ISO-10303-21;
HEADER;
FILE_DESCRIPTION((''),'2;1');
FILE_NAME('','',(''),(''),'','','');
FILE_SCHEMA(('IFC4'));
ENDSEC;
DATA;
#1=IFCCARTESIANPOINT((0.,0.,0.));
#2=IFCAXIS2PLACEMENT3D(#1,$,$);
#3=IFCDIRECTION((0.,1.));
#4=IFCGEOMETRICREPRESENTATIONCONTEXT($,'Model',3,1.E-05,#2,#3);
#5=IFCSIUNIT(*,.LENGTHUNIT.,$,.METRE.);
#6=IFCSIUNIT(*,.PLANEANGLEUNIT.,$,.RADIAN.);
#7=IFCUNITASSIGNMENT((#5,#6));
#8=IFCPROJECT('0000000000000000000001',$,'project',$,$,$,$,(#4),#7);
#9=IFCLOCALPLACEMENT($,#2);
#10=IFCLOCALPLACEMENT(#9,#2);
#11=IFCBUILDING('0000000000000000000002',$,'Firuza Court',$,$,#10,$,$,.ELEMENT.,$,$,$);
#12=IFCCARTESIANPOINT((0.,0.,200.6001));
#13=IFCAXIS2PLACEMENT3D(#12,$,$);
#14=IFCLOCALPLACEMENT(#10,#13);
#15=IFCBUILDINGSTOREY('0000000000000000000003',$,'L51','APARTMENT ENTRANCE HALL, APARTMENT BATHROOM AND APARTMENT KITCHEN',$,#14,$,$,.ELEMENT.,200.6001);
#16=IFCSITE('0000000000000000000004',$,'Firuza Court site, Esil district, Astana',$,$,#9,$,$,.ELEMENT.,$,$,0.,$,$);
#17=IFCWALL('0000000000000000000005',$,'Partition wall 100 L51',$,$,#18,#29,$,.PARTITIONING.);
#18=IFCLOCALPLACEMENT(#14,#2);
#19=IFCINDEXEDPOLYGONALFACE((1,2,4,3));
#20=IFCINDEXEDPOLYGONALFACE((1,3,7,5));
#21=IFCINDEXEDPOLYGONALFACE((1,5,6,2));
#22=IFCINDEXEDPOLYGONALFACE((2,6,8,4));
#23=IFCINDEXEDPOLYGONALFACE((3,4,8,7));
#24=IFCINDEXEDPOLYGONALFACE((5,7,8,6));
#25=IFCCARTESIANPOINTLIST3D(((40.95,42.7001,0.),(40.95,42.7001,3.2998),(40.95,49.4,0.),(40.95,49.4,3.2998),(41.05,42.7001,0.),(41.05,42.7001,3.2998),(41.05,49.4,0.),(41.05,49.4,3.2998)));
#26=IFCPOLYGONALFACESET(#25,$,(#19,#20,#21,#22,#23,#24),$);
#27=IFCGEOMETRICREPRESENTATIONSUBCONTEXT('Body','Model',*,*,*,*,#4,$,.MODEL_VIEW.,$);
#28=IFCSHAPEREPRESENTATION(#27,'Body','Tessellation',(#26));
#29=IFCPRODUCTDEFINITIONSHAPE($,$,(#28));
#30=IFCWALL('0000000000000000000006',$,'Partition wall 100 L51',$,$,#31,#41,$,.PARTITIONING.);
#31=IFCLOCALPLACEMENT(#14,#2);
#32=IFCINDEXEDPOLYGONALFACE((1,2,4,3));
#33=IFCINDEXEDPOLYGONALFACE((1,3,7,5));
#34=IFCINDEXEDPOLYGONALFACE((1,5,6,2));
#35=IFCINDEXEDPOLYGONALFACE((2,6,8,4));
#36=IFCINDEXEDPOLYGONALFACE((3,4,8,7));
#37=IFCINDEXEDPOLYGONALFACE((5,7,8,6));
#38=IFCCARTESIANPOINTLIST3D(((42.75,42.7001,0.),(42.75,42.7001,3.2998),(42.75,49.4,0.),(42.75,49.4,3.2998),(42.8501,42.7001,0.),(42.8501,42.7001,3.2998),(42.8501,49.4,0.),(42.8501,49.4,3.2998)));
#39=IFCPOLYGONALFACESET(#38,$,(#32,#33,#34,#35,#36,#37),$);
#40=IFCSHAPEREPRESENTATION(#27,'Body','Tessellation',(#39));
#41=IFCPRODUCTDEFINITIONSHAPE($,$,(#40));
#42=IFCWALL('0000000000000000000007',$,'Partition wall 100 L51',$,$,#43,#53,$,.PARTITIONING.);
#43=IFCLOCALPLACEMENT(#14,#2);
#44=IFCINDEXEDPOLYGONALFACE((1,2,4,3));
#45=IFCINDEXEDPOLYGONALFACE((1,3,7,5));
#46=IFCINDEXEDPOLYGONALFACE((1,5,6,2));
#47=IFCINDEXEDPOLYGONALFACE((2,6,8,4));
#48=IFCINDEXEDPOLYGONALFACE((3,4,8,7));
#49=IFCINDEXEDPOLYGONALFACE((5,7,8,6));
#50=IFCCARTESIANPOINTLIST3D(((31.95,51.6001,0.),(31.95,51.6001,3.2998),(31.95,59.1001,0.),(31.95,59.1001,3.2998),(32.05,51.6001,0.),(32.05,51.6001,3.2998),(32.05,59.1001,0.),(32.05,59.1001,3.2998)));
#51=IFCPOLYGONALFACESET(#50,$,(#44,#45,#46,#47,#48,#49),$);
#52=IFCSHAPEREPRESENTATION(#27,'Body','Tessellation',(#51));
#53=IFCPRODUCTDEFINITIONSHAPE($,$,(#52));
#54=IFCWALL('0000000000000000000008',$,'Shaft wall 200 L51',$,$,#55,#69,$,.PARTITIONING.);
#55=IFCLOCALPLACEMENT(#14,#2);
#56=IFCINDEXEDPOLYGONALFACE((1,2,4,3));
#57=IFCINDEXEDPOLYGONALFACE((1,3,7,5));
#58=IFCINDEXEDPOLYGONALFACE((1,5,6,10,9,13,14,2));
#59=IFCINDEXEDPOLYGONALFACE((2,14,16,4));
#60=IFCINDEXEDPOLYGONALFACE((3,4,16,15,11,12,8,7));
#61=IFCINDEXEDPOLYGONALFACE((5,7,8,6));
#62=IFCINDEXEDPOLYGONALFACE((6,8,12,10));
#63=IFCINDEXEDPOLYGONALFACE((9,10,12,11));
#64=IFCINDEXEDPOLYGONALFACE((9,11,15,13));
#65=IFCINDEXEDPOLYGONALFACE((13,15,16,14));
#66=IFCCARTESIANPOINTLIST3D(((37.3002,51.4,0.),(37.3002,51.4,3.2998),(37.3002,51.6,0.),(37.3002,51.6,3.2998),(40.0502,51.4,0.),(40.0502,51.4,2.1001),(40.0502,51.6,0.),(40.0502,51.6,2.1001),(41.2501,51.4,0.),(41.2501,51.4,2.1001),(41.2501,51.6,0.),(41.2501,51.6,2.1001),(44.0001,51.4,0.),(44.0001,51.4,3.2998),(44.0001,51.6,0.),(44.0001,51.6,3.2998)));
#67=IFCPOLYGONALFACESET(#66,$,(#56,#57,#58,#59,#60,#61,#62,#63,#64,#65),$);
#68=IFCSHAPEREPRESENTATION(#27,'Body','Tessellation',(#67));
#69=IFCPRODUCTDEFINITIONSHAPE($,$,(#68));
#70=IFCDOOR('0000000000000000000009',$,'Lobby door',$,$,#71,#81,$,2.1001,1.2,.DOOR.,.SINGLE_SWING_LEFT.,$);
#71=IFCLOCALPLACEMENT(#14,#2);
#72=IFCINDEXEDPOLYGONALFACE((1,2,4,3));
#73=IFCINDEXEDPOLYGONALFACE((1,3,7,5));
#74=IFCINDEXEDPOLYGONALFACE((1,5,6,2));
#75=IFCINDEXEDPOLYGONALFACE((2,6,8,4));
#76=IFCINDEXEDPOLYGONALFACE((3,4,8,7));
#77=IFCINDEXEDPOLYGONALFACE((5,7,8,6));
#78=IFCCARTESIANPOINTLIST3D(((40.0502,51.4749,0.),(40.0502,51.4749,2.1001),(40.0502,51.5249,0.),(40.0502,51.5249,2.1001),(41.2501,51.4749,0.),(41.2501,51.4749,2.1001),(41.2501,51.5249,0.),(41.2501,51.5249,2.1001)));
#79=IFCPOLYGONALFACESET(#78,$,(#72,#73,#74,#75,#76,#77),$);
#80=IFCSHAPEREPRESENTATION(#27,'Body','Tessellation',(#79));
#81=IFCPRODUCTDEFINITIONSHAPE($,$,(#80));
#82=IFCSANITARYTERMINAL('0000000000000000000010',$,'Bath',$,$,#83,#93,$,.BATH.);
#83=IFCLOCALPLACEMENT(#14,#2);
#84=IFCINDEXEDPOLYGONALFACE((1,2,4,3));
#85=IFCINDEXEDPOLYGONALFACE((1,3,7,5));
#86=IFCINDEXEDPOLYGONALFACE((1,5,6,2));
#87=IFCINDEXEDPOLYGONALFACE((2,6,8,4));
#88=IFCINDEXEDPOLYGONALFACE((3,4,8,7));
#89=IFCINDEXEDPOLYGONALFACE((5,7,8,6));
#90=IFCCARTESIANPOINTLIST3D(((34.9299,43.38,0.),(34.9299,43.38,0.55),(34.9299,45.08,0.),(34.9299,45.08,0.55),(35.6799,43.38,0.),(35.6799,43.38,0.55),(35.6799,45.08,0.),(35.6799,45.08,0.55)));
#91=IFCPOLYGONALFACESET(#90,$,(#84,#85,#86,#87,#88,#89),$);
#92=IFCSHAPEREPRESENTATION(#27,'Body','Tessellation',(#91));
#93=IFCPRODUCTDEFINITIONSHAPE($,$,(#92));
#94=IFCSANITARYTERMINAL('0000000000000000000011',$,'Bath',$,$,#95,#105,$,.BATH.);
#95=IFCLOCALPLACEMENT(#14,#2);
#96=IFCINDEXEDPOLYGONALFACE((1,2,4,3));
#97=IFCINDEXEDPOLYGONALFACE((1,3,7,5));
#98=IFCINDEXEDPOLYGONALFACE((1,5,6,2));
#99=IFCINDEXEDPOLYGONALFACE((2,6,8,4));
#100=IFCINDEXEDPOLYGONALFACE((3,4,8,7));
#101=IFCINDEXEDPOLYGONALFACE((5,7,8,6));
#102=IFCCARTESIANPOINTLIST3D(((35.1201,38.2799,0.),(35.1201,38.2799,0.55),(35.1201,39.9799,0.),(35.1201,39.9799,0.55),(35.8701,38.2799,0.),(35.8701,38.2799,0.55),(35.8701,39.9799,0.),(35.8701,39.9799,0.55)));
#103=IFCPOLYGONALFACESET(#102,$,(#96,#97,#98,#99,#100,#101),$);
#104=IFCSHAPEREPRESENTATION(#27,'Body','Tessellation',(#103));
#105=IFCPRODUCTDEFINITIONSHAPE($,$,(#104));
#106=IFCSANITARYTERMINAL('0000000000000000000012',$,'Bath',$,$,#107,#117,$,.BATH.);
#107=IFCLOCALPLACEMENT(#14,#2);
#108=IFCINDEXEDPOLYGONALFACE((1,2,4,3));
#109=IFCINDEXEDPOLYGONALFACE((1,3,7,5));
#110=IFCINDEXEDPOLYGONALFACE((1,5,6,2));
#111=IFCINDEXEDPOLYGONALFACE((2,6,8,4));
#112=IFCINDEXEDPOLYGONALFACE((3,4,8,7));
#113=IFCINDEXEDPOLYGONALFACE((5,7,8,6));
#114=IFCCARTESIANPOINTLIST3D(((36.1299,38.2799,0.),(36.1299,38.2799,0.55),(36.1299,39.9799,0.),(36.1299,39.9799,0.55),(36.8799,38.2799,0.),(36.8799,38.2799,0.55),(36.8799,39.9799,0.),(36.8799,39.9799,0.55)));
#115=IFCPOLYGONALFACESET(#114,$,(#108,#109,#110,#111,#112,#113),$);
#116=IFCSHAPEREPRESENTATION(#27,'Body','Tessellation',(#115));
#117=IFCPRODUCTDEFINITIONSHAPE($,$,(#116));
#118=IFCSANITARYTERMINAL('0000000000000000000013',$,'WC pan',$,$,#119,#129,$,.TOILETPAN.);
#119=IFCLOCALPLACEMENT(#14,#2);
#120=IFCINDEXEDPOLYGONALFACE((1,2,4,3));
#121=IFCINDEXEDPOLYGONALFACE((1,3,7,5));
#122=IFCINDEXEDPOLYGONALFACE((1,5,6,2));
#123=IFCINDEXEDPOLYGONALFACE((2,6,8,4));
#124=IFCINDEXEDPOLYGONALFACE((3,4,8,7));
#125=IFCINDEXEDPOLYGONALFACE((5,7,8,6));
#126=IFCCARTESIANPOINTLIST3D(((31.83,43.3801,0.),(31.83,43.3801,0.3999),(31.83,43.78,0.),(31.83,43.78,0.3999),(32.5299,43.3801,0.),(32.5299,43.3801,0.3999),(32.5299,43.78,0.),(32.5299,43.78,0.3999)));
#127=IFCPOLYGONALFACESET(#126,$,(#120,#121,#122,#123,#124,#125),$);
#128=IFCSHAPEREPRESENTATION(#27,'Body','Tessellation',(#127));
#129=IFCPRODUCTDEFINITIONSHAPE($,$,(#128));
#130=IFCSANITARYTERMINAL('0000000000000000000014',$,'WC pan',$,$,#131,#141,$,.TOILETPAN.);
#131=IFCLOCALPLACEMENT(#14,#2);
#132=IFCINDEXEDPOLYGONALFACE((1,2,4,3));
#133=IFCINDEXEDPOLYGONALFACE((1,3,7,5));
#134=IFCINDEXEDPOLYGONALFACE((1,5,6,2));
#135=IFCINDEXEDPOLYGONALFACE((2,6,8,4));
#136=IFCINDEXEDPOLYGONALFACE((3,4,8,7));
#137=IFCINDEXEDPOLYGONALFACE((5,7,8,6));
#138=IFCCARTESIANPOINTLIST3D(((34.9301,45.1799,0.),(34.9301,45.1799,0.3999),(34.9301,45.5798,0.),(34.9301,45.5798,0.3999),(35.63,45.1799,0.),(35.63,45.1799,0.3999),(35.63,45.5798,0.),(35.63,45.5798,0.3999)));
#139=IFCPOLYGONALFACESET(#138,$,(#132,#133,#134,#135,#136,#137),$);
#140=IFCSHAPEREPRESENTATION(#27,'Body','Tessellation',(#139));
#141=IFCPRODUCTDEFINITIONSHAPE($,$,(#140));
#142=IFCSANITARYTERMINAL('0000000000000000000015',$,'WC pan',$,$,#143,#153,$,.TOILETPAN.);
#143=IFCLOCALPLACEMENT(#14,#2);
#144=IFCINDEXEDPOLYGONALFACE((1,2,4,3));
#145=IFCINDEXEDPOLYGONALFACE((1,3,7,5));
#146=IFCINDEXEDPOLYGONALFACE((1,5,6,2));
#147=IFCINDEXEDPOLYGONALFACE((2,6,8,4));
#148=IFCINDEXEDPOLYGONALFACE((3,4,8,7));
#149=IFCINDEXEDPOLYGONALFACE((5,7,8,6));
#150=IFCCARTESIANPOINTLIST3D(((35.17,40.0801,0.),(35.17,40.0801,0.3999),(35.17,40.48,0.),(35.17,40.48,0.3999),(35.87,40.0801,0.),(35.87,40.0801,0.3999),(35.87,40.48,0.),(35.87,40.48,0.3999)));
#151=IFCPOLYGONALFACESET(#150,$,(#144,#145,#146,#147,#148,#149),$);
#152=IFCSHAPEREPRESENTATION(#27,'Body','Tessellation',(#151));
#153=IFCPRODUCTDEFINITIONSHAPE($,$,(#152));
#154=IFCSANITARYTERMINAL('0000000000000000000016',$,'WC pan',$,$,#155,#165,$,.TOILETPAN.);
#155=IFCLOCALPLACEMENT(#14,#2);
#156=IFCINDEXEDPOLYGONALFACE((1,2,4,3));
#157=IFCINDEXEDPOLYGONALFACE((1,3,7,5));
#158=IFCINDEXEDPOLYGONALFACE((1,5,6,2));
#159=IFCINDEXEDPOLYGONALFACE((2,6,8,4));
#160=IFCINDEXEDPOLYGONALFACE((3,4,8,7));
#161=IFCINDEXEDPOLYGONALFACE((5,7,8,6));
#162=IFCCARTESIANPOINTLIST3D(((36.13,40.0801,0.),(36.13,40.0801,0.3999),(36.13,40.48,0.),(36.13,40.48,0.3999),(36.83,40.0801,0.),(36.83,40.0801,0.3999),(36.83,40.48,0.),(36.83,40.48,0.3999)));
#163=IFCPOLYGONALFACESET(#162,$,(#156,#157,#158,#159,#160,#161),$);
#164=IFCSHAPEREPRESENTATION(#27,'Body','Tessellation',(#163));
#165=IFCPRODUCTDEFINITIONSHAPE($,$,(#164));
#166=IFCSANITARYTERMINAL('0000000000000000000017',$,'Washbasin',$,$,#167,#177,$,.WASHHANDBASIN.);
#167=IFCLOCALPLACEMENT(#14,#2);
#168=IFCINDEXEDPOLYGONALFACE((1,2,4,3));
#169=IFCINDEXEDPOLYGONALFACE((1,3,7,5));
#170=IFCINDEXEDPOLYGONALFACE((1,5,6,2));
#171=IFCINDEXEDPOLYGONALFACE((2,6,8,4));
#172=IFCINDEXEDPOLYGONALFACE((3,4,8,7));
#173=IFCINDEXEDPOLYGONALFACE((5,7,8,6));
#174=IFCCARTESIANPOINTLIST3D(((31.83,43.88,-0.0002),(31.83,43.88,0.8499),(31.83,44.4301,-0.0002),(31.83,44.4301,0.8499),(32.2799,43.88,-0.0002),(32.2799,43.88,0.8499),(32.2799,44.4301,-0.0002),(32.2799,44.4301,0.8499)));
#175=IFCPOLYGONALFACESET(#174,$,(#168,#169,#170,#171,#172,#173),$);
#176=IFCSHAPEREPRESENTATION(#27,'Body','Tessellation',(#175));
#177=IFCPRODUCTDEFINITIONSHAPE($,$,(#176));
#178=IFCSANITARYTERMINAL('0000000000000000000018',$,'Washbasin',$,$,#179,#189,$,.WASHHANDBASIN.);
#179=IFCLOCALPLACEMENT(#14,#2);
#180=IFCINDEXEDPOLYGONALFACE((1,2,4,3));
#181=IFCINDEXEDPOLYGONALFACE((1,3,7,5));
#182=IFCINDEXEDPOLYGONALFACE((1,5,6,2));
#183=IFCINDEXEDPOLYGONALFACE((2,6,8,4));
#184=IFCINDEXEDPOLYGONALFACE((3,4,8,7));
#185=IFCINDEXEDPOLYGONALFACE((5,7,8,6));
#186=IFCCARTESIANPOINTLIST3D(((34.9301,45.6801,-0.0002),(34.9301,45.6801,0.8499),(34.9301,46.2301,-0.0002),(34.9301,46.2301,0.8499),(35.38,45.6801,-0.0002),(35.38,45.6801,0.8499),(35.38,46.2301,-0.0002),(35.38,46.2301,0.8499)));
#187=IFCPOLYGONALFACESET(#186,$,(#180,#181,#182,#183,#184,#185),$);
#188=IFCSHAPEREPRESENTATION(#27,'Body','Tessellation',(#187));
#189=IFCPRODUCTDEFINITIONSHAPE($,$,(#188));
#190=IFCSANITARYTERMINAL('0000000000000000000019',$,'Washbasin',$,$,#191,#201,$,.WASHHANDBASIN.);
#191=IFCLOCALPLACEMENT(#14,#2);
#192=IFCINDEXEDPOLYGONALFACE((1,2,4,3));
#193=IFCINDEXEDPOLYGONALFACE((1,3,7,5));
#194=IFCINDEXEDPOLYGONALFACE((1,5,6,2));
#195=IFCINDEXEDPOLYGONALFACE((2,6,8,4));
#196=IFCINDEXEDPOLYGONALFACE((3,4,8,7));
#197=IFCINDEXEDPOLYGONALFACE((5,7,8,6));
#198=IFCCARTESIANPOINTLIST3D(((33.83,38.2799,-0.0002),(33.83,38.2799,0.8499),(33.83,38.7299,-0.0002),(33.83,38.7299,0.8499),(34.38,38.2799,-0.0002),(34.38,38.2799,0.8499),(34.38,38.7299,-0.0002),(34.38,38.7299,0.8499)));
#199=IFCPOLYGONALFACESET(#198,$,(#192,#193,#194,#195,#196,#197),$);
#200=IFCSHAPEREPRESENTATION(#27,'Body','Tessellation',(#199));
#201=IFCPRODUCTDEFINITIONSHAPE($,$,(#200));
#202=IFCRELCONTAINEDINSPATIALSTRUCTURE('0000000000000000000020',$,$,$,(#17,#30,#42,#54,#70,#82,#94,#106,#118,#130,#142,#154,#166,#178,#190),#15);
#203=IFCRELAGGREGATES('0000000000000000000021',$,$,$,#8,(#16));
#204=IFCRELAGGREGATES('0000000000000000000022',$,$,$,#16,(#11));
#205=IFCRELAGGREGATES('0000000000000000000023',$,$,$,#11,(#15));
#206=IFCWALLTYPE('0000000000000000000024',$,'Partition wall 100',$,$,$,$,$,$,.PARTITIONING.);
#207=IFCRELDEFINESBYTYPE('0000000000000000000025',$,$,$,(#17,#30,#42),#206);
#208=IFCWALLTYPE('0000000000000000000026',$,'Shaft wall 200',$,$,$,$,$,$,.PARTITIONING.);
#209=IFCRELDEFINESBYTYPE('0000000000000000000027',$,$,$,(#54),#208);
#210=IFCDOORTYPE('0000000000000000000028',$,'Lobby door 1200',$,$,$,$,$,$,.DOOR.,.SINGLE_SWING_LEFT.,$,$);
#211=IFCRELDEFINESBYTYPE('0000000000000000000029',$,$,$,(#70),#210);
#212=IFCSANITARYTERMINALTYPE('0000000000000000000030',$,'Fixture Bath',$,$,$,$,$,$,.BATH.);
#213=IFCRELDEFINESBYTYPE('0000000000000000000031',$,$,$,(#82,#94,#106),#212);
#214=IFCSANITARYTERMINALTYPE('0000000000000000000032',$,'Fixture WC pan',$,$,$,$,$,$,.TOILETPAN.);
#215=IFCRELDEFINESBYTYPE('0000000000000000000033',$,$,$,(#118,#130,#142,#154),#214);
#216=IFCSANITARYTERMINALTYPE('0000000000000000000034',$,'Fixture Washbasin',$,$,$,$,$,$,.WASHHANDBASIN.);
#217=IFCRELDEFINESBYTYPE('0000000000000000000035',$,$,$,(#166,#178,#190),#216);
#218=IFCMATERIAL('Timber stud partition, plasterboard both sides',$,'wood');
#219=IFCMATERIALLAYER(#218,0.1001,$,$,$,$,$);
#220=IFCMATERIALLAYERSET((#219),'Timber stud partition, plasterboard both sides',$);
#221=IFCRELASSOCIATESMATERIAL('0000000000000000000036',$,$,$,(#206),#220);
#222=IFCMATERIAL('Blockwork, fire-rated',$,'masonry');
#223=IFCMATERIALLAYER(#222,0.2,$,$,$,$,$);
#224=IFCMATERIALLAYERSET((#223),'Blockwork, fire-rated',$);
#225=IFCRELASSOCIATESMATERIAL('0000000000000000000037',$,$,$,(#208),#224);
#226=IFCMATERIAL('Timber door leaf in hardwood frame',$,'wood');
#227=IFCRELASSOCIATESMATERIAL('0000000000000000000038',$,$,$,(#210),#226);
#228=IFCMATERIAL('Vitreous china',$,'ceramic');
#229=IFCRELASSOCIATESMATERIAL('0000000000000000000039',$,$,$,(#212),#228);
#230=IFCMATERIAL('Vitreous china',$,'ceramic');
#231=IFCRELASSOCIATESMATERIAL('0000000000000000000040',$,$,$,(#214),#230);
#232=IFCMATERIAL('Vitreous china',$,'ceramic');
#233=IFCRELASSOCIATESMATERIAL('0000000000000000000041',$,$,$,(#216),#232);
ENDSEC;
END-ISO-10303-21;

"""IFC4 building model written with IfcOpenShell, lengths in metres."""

from ifc_helpers import new_model, si_unit, direction, frame, frame_2d, origin, origin_2d, place, context, subcontext, project, spatial, rectangle, extrude, material, layer, layer_set, type_object, element, fill, save


model = new_model("IFC4")

# Units and contexts
model_context = context("Model", 3, precision=1e-05, world=origin(), true_north=direction((0.0, 1.0)))
body_context = subcontext(model_context, "Body", "Model", "MODEL_VIEW")
ifc_project = project(units=[si_unit("LENGTHUNIT", "METRE"), si_unit("PLANEANGLEUNIT", "RADIAN")], contexts=[model_context])

# Site, building, storey
site_placement = place(None, origin())
site = spatial("IfcSite", under=ifc_project, at=site_placement, Name="Firuza Court site, Esil district, Astana", CompositionType="ELEMENT", RefElevation=0.0)
building_placement = place(site_placement, origin())
building = spatial("IfcBuilding", under=site, at=building_placement, Name="Firuza Court", CompositionType="ELEMENT")
storey_placement = place(building_placement, frame((0.0, 0.0, 200.6001)))
storey = spatial("IfcBuildingStorey", under=building, at=storey_placement, Name="L51", Description="APARTMENT ENTRANCE HALL, APARTMENT BATHROOM AND APARTMENT KITCHEN", CompositionType="ELEMENT", Elevation=200.6001)

# Walls
ifc_material_1 = material(Name="Timber stud partition, plasterboard both sides", Category="wood")
ifc_layer_1 = layer(ifc_material_1, 0.1001)
ifc_layer_set_1 = layer_set([ifc_layer_1], Name="Timber stud partition, plasterboard both sides")
wall_type_1 = type_object("IfcWallType", Name="Partition wall 100", PredefinedType="PARTITIONING", material=ifc_layer_set_1)
for number, where, z_axis, x_axis, name in (
    (1, (41.0, 42.7, 0.0), (0.0, 0.0, 1.0), (0.0, 1.0, 0.0), "Partition wall 100 L51"),
    (2, (42.8, 42.7, 0.0), (0.0, 0.0, 1.0), (0.0, 1.0, 0.0), "Partition wall 100 L51"),
):
    element("IfcWall", number, at=place(storey_placement, frame(where, z_axis=z_axis, x_axis=x_axis)), inside=storey, type_object=wall_type_1, Name=name, PredefinedType="PARTITIONING", context=body_context, shape_type="SweptSolid", body=[
        extrude(rectangle(XDim=6.7, YDim=0.1001, at=frame_2d((3.3501, 0.0))), origin(), (0.0, 0.0, 1.0), 3.2998),
    ])
wall_1_placement = place(storey_placement, frame((32.0, 51.6001, 0.0), z_axis=(0.0, 0.0, 1.0), x_axis=(0.0, 1.0, 0.0)))
element("IfcWall", 3, at=wall_1_placement, inside=storey, type_object=wall_type_1, Name="Partition wall 100 L51", PredefinedType="PARTITIONING", context=body_context, shape_type="SweptSolid", body=[
    extrude(rectangle(XDim=7.5, YDim=0.1001, at=frame_2d((3.75, 0.0))), origin(), (0.0, 0.0, 1.0), 3.2998),
])

# Wall, opening, door
ifc_material_2 = material(Name="Blockwork, fire-rated", Category="masonry")
ifc_layer_2 = layer(ifc_material_2, 0.2)
ifc_layer_set_2 = layer_set([ifc_layer_2], Name="Blockwork, fire-rated")
wall_type_2 = type_object("IfcWallType", Name="Shaft wall 200", PredefinedType="PARTITIONING", material=ifc_layer_set_2)
wall_2_placement = place(storey_placement, frame((37.3, 51.5, 0.0), z_axis=(0.0, 0.0, 1.0), x_axis=(1.0, 0.0, 0.0)))
wall_2 = element("IfcWall", 4, at=wall_2_placement, inside=storey, type_object=wall_type_2, Name="Shaft wall 200 L51", PredefinedType="PARTITIONING", context=body_context, shape_type="SweptSolid", body=[
    extrude(rectangle(XDim=6.7, YDim=0.2, at=frame_2d((3.3501, 0.0))), origin(), (0.0, 0.0, 1.0), 3.2998),
])
opening_1_placement = place(wall_2_placement, frame((2.75, 0.0, 0.0)))
opening_1 = element("IfcOpeningElement", 5, at=opening_1_placement, cuts=wall_2, PredefinedType="OPENING", context=body_context, shape_type="SweptSolid", body=[
    extrude(rectangle(XDim=1.2, YDim=2.1001, at=frame_2d((0.6001, 1.05))), frame((0.0, 0.1118, 0.0), z_axis=(0.0, -1.0, 0.0), x_axis=(1.0, 0.0, 0.0)), (0.0, 0.0, 1.0), 0.2239),
])
ifc_material_3 = material(Name="Timber door leaf in hardwood frame", Category="wood")
door_type_1 = type_object("IfcDoorType", Name="Lobby door 1200", OperationType="SINGLE_SWING_LEFT", PredefinedType="DOOR", material=ifc_material_3)
door_1_placement = place(opening_1_placement, origin())
door_1 = element("IfcDoor", 6, at=door_1_placement, inside=storey, type_object=door_type_1, Name="Lobby door", OperationType="SINGLE_SWING_LEFT", OverallHeight=2.1001, OverallWidth=1.2, PredefinedType="DOOR", context=body_context, shape_type="SweptSolid", body=[
    extrude(rectangle(XDim=1.2, YDim=2.1001, at=frame_2d((0.6001, 1.05))), frame((0.0, 0.0249, 0.0), z_axis=(0.0, -1.0, 0.0), x_axis=(1.0, 0.0, 0.0)), (0.0, 0.0, 1.0), 0.05),
])
fill(opening_1, door_1)

# Sanitary terminals
ifc_material_4 = material(Name="Vitreous china", Category="ceramic")
sanitary_terminal_type_1 = type_object("IfcSanitaryTerminalType", Name="Fixture Bath", PredefinedType="BATH", material=ifc_material_4)
for number, where, z_axis, x_axis, name in (
    (7, (35.3049, 44.23, 0.0), (0.0, 0.0, 1.0), (1.0, 0.0, 0.0), "Bath"),
    (8, (35.4951, 39.1299, 0.0), (0.0, 0.0, 1.0), (1.0, 0.0, 0.0), "Bath"),
    (9, (36.5049, 39.1299, 0.0), (0.0, 0.0, 1.0), (1.0, 0.0, 0.0), "Bath"),
):
    element("IfcSanitaryTerminal", number, at=place(storey_placement, frame(where, z_axis=z_axis, x_axis=x_axis)), inside=storey, type_object=sanitary_terminal_type_1, Name=name, PredefinedType="BATH", context=body_context, shape_type="SweptSolid", body=[
        extrude(rectangle(XDim=0.75, YDim=1.7, at=origin_2d()), origin(), (0.0, 0.0, 1.0), 0.55),
    ])
ifc_material_5 = material(Name="Vitreous china", Category="ceramic")
sanitary_terminal_type_2 = type_object("IfcSanitaryTerminalType", Name="Fixture WC pan", PredefinedType="TOILETPAN", material=ifc_material_5)
for number, where, z_axis, x_axis, name in (
    (10, (32.1799, 43.5801, 0.0), (0.0, 0.0, 1.0), (1.0, 0.0, 0.0), "WC pan"),
    (11, (35.28, 45.3799, 0.0), (0.0, 0.0, 1.0), (1.0, 0.0, 0.0), "WC pan"),
    (12, (35.52, 40.28, 0.0), (0.0, 0.0, 1.0), (1.0, 0.0, 0.0), "WC pan"),
    (13, (36.48, 40.28, 0.0), (0.0, 0.0, 1.0), (1.0, 0.0, 0.0), "WC pan"),
):
    element("IfcSanitaryTerminal", number, at=place(storey_placement, frame(where, z_axis=z_axis, x_axis=x_axis)), inside=storey, type_object=sanitary_terminal_type_2, Name=name, PredefinedType="TOILETPAN", context=body_context, shape_type="SweptSolid", body=[
        extrude(rectangle(XDim=0.7, YDim=0.3999, at=origin_2d()), origin(), (0.0, 0.0, 1.0), 0.3999),
    ])
ifc_material_6 = material(Name="Vitreous china", Category="ceramic")
sanitary_terminal_type_3 = type_object("IfcSanitaryTerminalType", Name="Fixture Washbasin", PredefinedType="WASHHANDBASIN", material=ifc_material_6)
for number, where, z_axis, x_axis, name in (
    (14, (32.0549, 44.155, -0.0002), (0.0, 0.0, 1.0), (1.0, 0.0, 0.0), "Washbasin"),
    (15, (35.155, 45.9551, -0.0002), (0.0, 0.0, 1.0), (1.0, 0.0, 0.0), "Washbasin"),
):
    element("IfcSanitaryTerminal", number, at=place(storey_placement, frame(where, z_axis=z_axis, x_axis=x_axis)), inside=storey, type_object=sanitary_terminal_type_3, Name=name, PredefinedType="WASHHANDBASIN", context=body_context, shape_type="SweptSolid", body=[
        extrude(rectangle(XDim=0.45, YDim=0.55, at=origin_2d()), origin(), (0.0, 0.0, 1.0), 0.8501),
    ])
for number, where, z_axis, x_axis, name in (
    (16, (34.105, 38.5049, -0.0002), (0.0, 0.0, 1.0), (1.0, 0.0, 0.0), "Washbasin"),
):
    element("IfcSanitaryTerminal", number, at=place(storey_placement, frame(where, z_axis=z_axis, x_axis=x_axis)), inside=storey, type_object=sanitary_terminal_type_3, Name=name, PredefinedType="WASHHANDBASIN", context=body_context, shape_type="SweptSolid", body=[
        extrude(rectangle(XDim=0.55, YDim=0.45, at=origin_2d()), origin(), (0.0, 0.0, 1.0), 0.8501),
    ])

save(model, "model.ifc")
